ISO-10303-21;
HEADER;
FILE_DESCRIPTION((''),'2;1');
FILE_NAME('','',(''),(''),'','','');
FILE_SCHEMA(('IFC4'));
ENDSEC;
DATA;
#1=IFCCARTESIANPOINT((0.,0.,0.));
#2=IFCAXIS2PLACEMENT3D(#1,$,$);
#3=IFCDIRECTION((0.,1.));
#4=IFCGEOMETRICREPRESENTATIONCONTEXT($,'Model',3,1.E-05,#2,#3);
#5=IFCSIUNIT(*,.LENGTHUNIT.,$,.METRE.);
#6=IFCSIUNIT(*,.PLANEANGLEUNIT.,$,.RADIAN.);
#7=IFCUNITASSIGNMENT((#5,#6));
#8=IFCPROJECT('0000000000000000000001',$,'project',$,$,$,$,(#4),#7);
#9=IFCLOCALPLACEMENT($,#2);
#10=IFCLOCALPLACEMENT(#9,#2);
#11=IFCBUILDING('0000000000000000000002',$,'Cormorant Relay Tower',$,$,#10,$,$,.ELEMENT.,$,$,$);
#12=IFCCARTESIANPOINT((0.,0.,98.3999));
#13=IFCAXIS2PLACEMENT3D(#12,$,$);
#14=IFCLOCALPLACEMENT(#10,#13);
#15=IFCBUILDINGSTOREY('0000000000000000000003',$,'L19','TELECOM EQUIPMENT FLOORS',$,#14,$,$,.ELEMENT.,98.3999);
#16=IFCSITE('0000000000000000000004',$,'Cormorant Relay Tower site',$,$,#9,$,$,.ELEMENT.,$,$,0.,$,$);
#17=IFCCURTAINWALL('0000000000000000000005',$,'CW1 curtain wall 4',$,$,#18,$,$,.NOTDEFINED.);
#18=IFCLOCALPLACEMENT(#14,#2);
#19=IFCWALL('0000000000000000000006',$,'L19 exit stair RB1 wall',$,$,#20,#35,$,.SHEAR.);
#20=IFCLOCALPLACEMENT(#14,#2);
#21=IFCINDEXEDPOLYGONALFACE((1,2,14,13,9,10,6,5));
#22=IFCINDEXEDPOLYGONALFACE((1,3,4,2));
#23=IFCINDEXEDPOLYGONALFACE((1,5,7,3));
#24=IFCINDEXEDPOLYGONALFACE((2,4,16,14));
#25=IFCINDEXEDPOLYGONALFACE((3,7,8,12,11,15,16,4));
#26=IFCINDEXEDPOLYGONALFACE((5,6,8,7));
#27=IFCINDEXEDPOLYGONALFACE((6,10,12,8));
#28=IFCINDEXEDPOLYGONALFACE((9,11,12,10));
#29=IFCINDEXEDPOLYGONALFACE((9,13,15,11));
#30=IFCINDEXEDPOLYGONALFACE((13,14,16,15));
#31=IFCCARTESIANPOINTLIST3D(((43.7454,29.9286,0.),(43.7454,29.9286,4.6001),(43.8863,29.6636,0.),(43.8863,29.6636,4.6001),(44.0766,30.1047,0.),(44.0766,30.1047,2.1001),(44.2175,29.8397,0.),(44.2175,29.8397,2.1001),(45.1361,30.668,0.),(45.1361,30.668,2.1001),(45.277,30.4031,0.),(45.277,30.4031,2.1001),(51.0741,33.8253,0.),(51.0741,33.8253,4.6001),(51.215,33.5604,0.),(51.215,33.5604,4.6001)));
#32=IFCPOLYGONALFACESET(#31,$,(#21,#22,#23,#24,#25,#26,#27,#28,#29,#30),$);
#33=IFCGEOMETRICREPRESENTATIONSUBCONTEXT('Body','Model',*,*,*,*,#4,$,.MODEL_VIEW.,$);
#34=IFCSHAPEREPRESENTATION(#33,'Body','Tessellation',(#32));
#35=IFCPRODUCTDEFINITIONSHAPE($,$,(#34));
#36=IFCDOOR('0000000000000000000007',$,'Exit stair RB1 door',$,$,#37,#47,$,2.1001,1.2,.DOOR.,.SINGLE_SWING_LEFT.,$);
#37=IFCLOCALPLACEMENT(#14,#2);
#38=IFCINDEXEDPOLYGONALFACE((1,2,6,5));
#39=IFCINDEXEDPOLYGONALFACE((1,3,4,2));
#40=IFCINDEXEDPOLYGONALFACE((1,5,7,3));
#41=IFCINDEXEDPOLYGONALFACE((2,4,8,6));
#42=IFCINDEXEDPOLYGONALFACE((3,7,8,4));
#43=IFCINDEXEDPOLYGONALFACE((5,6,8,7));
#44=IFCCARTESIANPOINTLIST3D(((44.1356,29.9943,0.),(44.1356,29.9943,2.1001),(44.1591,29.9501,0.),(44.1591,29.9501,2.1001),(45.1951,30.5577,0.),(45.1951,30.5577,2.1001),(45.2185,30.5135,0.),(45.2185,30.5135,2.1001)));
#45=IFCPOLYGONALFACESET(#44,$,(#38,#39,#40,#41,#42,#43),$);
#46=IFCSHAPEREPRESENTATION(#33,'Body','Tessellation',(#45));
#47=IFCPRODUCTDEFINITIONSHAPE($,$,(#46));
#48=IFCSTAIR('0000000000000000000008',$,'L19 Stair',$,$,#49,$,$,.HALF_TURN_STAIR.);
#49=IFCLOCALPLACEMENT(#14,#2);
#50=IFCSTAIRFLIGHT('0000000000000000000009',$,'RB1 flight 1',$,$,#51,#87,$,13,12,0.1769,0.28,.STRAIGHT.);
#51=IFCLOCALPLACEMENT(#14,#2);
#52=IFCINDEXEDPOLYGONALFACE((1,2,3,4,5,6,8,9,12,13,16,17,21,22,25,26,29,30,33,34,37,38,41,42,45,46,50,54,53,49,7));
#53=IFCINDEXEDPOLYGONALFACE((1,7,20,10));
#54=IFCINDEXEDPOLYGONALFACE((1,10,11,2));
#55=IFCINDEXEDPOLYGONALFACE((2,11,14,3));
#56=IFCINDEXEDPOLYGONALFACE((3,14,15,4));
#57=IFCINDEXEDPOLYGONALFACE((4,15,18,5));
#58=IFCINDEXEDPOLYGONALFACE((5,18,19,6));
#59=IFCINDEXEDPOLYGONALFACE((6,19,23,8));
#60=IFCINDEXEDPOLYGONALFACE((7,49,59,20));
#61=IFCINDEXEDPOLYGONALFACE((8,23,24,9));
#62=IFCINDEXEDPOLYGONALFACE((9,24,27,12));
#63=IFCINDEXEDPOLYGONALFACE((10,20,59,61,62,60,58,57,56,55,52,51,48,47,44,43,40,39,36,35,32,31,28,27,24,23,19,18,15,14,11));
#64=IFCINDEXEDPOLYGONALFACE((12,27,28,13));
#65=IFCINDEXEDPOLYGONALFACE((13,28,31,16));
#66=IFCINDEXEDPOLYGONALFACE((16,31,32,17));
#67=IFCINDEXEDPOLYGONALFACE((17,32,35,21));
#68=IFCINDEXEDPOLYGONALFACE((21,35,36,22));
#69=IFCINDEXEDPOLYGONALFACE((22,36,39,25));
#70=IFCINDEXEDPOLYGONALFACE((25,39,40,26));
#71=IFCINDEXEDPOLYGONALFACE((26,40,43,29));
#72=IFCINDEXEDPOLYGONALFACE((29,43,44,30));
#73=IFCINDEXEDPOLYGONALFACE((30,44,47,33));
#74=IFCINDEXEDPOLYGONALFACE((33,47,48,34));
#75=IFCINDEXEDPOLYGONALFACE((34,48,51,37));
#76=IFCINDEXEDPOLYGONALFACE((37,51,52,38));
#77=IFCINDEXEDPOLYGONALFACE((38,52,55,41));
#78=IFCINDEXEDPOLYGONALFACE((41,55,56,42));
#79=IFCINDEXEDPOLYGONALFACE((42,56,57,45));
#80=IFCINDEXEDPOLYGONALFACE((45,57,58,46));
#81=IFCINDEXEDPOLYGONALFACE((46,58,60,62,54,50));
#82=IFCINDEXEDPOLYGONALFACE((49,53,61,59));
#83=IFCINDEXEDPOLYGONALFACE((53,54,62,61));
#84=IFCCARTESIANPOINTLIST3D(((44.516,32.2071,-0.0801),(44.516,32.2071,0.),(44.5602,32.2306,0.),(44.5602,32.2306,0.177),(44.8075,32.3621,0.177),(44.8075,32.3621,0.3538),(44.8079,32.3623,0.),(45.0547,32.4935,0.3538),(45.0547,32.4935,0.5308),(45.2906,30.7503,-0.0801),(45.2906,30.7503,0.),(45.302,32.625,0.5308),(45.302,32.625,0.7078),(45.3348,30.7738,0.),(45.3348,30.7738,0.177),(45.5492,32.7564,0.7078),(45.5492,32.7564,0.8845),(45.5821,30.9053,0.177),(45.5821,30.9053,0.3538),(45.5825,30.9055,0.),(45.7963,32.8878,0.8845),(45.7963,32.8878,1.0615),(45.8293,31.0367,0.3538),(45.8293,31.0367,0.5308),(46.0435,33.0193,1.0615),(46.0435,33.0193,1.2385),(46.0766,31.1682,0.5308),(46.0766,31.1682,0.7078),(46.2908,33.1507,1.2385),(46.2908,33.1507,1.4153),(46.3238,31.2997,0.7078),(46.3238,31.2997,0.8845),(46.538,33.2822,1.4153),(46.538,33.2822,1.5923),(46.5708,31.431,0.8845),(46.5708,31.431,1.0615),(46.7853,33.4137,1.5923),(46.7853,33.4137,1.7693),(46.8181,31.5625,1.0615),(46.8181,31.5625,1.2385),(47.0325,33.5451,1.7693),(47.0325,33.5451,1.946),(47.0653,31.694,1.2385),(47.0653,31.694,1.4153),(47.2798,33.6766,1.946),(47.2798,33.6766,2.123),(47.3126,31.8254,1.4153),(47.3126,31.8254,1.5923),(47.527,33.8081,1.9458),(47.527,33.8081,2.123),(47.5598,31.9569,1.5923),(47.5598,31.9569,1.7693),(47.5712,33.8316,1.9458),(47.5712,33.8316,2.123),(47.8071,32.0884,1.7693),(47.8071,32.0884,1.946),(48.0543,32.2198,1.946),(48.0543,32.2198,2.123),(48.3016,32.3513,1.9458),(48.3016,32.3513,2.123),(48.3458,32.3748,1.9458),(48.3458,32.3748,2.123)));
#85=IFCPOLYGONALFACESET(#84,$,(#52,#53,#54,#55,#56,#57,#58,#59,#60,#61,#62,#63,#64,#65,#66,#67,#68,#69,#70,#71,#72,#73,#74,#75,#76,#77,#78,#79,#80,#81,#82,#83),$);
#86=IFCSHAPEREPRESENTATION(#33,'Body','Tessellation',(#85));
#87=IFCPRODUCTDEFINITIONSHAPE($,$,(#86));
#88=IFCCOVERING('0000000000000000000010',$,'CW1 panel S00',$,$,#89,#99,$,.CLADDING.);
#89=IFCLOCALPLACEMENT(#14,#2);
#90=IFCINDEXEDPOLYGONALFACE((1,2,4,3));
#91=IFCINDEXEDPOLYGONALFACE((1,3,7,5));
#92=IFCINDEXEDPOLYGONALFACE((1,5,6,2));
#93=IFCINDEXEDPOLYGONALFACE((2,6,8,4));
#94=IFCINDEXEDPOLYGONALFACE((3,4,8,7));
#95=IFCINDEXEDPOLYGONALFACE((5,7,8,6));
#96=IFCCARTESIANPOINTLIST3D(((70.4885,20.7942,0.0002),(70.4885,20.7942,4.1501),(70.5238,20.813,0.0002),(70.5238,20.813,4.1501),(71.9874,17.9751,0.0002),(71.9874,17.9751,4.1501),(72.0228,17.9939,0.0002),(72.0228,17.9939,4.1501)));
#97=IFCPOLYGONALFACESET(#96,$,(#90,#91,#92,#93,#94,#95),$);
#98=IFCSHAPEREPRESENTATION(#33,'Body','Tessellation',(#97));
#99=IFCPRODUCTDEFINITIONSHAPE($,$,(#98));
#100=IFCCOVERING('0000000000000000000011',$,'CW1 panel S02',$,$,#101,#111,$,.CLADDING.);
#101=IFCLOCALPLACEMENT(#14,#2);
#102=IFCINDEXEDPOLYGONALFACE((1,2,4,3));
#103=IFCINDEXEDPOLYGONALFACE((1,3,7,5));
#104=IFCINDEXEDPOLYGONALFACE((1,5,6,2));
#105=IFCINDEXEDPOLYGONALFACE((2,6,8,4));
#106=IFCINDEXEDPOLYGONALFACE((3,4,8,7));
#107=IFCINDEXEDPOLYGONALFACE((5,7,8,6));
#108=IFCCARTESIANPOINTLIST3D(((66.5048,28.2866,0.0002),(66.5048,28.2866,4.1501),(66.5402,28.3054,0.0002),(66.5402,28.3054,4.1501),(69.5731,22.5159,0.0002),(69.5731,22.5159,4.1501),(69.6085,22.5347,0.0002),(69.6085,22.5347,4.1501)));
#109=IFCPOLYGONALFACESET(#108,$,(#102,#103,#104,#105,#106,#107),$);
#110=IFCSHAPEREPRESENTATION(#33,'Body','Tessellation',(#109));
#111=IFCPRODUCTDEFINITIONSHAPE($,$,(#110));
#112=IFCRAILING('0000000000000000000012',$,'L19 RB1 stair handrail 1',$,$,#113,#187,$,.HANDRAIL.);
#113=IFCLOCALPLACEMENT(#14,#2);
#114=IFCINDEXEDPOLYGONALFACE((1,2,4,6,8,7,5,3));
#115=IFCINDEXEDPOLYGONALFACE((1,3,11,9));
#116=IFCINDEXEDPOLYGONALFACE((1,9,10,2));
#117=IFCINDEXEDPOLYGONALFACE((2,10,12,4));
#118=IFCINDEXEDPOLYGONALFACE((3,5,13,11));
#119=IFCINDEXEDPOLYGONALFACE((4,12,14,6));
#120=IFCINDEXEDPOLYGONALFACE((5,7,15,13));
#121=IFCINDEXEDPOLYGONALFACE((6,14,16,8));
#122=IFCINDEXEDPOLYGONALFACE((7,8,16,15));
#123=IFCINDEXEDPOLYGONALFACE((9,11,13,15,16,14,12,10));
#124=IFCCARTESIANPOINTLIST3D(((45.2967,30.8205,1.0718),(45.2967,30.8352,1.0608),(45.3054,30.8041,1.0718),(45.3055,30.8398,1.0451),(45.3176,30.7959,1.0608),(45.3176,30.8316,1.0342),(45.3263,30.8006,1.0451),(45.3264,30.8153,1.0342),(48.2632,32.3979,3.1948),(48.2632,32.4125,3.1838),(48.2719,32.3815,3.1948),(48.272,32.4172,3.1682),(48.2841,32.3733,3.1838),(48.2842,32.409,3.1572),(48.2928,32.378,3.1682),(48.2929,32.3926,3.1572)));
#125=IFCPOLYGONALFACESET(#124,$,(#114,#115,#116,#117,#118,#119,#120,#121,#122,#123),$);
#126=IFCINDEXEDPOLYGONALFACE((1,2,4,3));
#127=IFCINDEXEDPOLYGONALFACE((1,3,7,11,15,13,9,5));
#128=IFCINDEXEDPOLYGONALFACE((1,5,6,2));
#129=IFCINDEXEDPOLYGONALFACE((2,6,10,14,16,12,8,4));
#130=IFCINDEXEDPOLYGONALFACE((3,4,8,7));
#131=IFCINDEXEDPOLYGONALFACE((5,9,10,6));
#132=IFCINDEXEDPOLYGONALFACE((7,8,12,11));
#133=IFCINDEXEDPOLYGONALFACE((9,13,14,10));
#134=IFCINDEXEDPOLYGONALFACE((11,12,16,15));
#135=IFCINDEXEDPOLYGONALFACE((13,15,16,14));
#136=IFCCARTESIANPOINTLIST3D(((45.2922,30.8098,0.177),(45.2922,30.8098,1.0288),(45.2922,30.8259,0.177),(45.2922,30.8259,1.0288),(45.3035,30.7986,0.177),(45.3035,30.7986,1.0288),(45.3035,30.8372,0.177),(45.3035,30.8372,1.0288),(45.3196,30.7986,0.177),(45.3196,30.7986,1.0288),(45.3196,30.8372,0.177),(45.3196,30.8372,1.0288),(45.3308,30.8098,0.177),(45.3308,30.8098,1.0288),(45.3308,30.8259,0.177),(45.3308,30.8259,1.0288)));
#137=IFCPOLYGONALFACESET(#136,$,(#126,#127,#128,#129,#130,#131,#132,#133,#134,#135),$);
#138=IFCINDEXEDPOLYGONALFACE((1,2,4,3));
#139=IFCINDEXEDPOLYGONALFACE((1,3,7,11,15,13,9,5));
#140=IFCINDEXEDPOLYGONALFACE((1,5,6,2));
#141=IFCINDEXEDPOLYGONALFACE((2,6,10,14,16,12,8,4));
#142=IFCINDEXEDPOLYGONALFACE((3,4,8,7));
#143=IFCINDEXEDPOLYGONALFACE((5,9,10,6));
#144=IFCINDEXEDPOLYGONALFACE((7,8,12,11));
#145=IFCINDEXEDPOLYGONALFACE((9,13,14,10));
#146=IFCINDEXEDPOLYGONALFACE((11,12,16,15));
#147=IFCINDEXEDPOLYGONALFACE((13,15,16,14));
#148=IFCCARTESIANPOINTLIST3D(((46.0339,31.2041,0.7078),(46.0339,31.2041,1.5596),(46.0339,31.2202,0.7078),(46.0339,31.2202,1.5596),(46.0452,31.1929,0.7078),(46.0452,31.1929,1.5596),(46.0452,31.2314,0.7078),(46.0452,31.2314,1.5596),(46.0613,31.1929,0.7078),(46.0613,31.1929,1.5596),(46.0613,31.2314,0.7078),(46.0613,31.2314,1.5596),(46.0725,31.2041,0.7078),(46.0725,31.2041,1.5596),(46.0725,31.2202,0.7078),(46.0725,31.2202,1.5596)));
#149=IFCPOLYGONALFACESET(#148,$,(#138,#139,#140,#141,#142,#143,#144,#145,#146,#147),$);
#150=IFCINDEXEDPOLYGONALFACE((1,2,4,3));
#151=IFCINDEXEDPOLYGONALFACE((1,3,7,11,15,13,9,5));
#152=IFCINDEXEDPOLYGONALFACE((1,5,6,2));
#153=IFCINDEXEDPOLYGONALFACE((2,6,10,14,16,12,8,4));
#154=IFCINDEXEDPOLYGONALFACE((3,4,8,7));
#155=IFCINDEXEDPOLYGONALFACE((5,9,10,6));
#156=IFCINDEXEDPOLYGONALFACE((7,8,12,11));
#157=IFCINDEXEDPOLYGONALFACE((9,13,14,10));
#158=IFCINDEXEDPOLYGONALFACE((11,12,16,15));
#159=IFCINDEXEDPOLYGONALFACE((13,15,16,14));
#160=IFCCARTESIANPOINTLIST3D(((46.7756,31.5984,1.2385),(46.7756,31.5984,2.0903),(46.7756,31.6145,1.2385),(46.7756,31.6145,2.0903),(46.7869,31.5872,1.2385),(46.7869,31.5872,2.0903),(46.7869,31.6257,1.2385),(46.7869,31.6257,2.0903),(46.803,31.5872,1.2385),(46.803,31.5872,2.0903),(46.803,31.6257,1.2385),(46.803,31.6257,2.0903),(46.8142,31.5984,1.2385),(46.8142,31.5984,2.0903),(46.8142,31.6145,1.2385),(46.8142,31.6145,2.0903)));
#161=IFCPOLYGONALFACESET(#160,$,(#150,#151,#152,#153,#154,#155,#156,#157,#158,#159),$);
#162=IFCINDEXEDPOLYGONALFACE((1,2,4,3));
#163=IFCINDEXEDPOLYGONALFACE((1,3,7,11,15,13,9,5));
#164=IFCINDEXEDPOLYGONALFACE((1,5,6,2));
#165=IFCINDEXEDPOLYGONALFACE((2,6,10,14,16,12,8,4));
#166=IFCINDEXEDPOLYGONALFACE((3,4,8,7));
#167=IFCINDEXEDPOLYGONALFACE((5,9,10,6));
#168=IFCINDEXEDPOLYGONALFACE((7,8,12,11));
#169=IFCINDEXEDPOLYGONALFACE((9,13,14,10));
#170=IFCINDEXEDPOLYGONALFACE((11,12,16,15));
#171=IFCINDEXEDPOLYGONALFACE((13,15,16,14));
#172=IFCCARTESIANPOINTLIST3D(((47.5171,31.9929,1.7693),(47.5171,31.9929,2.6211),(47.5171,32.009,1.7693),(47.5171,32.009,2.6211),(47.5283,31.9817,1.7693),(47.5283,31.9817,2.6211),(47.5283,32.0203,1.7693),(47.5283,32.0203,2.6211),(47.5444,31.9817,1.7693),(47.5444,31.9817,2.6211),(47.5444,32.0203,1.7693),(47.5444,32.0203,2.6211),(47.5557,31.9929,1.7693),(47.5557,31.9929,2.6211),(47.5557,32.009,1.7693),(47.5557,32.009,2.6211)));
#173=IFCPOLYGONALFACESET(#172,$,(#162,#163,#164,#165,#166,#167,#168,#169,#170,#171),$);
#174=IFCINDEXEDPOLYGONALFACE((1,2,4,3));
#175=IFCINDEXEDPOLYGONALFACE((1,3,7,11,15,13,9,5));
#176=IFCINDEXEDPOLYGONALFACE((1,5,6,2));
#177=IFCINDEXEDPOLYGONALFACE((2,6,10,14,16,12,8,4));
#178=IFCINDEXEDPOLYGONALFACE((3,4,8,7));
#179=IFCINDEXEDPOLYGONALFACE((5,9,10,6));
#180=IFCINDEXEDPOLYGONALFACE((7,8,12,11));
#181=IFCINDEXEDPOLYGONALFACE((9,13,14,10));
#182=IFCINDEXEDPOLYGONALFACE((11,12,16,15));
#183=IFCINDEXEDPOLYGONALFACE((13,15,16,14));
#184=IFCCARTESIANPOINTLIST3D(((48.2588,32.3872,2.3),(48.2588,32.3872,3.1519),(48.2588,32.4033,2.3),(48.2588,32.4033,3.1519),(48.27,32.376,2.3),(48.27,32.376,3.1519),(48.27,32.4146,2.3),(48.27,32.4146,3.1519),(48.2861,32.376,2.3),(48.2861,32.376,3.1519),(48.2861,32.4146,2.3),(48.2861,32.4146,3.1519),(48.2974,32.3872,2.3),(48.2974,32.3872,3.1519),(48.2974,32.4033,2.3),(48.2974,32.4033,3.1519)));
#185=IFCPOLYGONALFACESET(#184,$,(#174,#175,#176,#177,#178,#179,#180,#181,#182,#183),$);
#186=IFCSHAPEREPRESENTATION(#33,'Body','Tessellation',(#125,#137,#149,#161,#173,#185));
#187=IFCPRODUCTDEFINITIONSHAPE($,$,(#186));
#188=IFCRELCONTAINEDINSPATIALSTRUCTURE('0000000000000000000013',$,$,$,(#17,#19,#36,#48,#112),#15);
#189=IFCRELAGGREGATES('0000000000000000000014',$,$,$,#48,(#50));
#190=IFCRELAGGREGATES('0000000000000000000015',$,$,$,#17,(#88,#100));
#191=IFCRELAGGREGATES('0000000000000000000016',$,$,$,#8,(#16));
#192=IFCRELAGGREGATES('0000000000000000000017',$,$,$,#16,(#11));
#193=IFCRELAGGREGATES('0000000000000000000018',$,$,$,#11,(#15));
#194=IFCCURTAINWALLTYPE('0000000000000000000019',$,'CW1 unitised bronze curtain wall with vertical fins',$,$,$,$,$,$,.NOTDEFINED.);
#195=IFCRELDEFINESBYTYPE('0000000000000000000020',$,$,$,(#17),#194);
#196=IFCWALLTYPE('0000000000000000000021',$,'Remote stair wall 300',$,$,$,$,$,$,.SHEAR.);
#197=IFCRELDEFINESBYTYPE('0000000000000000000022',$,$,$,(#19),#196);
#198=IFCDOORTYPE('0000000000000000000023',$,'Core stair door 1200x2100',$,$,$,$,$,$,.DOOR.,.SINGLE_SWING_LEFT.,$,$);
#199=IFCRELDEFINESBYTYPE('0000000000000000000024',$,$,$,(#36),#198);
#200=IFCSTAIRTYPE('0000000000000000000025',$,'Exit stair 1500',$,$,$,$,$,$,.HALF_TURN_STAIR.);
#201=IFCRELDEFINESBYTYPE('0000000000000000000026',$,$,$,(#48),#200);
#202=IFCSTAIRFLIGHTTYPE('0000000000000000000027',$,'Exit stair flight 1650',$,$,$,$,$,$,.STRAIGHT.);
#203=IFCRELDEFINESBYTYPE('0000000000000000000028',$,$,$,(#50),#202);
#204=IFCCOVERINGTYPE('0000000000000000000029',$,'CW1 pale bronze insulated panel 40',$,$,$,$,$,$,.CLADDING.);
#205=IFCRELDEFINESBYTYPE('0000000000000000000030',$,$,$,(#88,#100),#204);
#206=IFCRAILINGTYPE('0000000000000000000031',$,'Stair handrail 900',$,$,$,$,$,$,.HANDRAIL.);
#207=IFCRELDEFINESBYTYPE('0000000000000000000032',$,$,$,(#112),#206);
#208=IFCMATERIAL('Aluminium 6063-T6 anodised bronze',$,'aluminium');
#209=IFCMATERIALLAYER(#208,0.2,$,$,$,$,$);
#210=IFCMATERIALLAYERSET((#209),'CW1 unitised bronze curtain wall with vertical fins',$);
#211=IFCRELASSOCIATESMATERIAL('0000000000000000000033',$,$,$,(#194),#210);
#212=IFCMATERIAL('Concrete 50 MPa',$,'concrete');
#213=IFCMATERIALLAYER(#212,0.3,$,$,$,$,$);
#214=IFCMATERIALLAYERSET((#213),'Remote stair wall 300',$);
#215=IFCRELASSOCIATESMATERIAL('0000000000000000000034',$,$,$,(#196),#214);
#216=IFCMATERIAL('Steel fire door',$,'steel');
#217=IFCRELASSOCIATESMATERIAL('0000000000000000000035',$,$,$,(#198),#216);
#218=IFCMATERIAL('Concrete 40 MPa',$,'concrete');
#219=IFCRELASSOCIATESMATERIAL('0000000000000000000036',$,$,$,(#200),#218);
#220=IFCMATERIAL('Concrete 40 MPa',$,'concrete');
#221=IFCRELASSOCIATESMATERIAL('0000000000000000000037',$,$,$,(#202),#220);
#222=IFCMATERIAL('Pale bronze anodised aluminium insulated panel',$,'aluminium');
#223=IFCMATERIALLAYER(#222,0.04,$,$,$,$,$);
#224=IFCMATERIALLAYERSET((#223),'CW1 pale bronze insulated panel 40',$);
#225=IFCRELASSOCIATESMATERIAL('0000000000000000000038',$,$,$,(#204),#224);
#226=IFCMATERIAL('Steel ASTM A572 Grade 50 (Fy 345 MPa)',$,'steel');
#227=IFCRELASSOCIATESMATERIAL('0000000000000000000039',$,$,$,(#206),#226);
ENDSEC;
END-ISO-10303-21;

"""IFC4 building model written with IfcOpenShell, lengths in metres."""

from ifc_helpers import new_model, si_unit, direction, frame, frame_2d, origin, origin_2d, place, context, subcontext, project, spatial, polyline, rectangle, outline, extrude, material, layer, layer_set, type_object, element, fill, aggregate, save


model = new_model("IFC4")

# Units and contexts
model_context = context("Model", 3, precision=1e-05, world=origin(), true_north=direction((0.0, 1.0)))
body_context = subcontext(model_context, "Body", "Model", "MODEL_VIEW")
ifc_project = project(units=[si_unit("LENGTHUNIT", "METRE"), si_unit("PLANEANGLEUNIT", "RADIAN")], contexts=[model_context])

# Site, building, storey
site_placement = place(None, origin())
site = spatial("IfcSite", under=ifc_project, at=site_placement, Name="Cormorant Relay Tower site", CompositionType="ELEMENT", RefElevation=0.0)
building_placement = place(site_placement, origin())
building = spatial("IfcBuilding", under=site, at=building_placement, Name="Cormorant Relay Tower", CompositionType="ELEMENT")
storey_placement = place(building_placement, frame((0.0, 0.0, 98.3999)))
storey = spatial("IfcBuildingStorey", under=building, at=storey_placement, Name="L19", Description="TELECOM EQUIPMENT FLOORS", CompositionType="ELEMENT", Elevation=98.3999)

# Curtain wall
ifc_material_1 = material(Name="Aluminium 6063-T6 anodised bronze", Category="aluminium")
ifc_layer_1 = layer(ifc_material_1, 0.2)
ifc_layer_set_1 = layer_set([ifc_layer_1], Name="CW1 unitised bronze curtain wall with vertical fins")
curtain_wall_type = type_object("IfcCurtainWallType", Name="CW1 unitised bronze curtain wall with vertical fins", PredefinedType="NOTDEFINED", material=ifc_layer_set_1)
curtain_wall_placement = place(storey_placement, origin())
curtain_wall = element("IfcCurtainWall", 1, at=curtain_wall_placement, inside=storey, type_object=curtain_wall_type, Name="CW1 curtain wall 4", PredefinedType="NOTDEFINED")

# Wall, opening, door
ifc_material_2 = material(Name="Concrete 50 MPa", Category="concrete")
ifc_layer_2 = layer(ifc_material_2, 0.3)
ifc_layer_set_2 = layer_set([ifc_layer_2], Name="Remote stair wall 300")
wall_type_1 = type_object("IfcWallType", Name="Remote stair wall 300", PredefinedType="SHEAR", material=ifc_layer_set_2)
wall_1_placement = place(storey_placement, frame((51.1445, 33.6929, 0.0), z_axis=(0.0, 0.0, 1.0), x_axis=(-0.882946, -0.469475, 0.0)))
wall_1 = element("IfcWall", 2, at=wall_1_placement, inside=storey, type_object=wall_type_1, Name="L19 exit stair RB1 wall", PredefinedType="SHEAR", context=body_context, shape_type="SweptSolid", body=[
    extrude(rectangle(XDim=8.3003, YDim=0.3, at=frame_2d((4.1501, 0.0))), origin(), (0.0, 0.0, 1.0), 4.6001),
])
opening_1_placement = place(wall_1_placement, frame((6.7251, 0.0, 0.0)))
opening_1 = element("IfcOpeningElement", 3, at=opening_1_placement, cuts=wall_1, PredefinedType="OPENING", context=body_context, shape_type="SweptSolid", body=[
    extrude(rectangle(XDim=1.2, YDim=2.1001, at=frame_2d((0.6001, 1.05))), frame((0.0, 0.1599, 0.0), z_axis=(0.0, -1.0, 0.0), x_axis=(1.0, 0.0, 0.0)), (0.0, 0.0, 1.0), 0.3201),
])
ifc_material_3 = material(Name="Steel fire door", Category="steel")
door_type_1 = type_object("IfcDoorType", Name="Core stair door 1200x2100", OperationType="SINGLE_SWING_LEFT", PredefinedType="DOOR", material=ifc_material_3)
door_1_placement = place(opening_1_placement, frame((1.2, 0.0, 0.0), z_axis=(0.0, 0.0, 1.0), x_axis=(-1.0, 0.0, 0.0)))
door_1 = element("IfcDoor", 4, at=door_1_placement, inside=storey, type_object=door_type_1, Name="Exit stair RB1 door", OperationType="SINGLE_SWING_LEFT", OverallHeight=2.1001, OverallWidth=1.2, PredefinedType="DOOR", context=body_context, shape_type="SweptSolid", body=[
    extrude(rectangle(XDim=1.2, YDim=2.1001, at=frame_2d((0.6001, 1.05))), frame((0.0, 0.0249, 0.0), z_axis=(0.0, -1.0, 0.0), x_axis=(1.0, 0.0, 0.0)), (0.0, 0.0, 1.0), 0.05),
])
fill(opening_1, door_1)

# Stair, stair flight
ifc_material_4 = material(Name="Concrete 40 MPa", Category="concrete")
stair_type = type_object("IfcStairType", Name="Exit stair 1500", PredefinedType="HALF_TURN_STAIR", material=ifc_material_4)
stair_placement = place(storey_placement, origin())
stair = element("IfcStair", 5, at=stair_placement, inside=storey, type_object=stair_type, Name="L19 Stair", PredefinedType="HALF_TURN_STAIR")
ifc_material_5 = material(Name="Concrete 40 MPa", Category="concrete")
stair_flight_type = type_object("IfcStairFlightType", Name="Exit stair flight 1650", PredefinedType="STRAIGHT", material=ifc_material_5)
stair_flight_placement = place(storey_placement, frame((44.9475, 31.5022, 0.0), z_axis=(0.0, 0.0, 1.0), x_axis=(0.882948, 0.469472, 0.0)))
stair_flight = element("IfcStairFlight", 6, at=stair_flight_placement, type_object=stair_flight_type, Name="RB1 flight 1", NumberOfRisers=13, NumberOfTreads=12, PredefinedType="STRAIGHT", RiserHeight=0.1769, TreadLength=0.28, context=body_context, shape_type="SweptSolid", body=[
    extrude(outline(polyline([(-0.05, -0.0801), (-0.05, 0.0), (0.0, 0.0), (0.0, 0.177), (0.28, 0.177), (0.28, 0.3538), (0.5601, 0.3538), (0.5601, 0.5308), (0.8401, 0.5308), (0.8401, 0.7078), (1.1201, 0.7078), (1.1201, 0.8845), (1.3999, 0.8845), (1.3999, 1.0615), (1.6799, 1.0615), (1.6799, 1.2385), (1.96, 1.2385), (1.96, 1.4153), (2.24, 1.4153), (2.24, 1.5923), (2.52, 1.5923), (2.52, 1.7693), (2.8, 1.7693), (2.8, 1.946), (3.0801, 1.946), (3.0801, 2.123), (3.3601, 2.123), (3.4102, 2.123), (3.4102, 1.9458), (3.3601, 1.9458), (0.2805, 0.0), (-0.05, -0.0801)])), frame((0.0, 0.825, 0.0), z_axis=(0.0, -1.0, 0.0), x_axis=(1.0, 0.0, 0.0)), (0.0, 0.0, 1.0), 1.6499),
])
aggregate(stair, [stair_flight])

# Coverings
ifc_material_6 = material(Name="Pale bronze anodised aluminium insulated panel", Category="aluminium")
ifc_layer_3 = layer(ifc_material_6, 0.04)
ifc_layer_set_3 = layer_set([ifc_layer_3], Name="CW1 pale bronze insulated panel 40")
covering_type = type_object("IfcCoveringType", Name="CW1 pale bronze insulated panel 40", PredefinedType="CLADDING", material=ifc_layer_set_3)
covering_1_placement = place(storey_placement, frame((71.2556, 19.394, 0.0002), z_axis=(0.0, 0.0, 1.0), x_axis=(-0.469472, 0.882948, 0.0)))
covering_1 = element("IfcCovering", 7, at=covering_1_placement, type_object=covering_type, Name="CW1 panel S00", PredefinedType="CLADDING", context=body_context, shape_type="SweptSolid", body=[
    extrude(rectangle(XDim=3.1929, YDim=0.04, at=origin_2d()), origin(), (0.0, 0.0, 1.0), 4.1499),
])
covering_2_placement = place(storey_placement, frame((68.0566, 25.4106, 0.0002), z_axis=(0.0, 0.0, 1.0), x_axis=(-0.469472, 0.882948, 0.0)))
covering_2 = element("IfcCovering", 8, at=covering_2_placement, type_object=covering_type, Name="CW1 panel S02", PredefinedType="CLADDING", context=body_context, shape_type="SweptSolid", body=[
    extrude(rectangle(XDim=6.5356, YDim=0.04, at=origin_2d()), origin(), (0.0, 0.0, 1.0), 4.1499),
])
aggregate(curtain_wall, [covering_1, covering_2])

# Railing
ifc_material_7 = material(Name="Steel ASTM A572 Grade 50 (Fy 345 MPa)", Category="steel")
railing_type = type_object("IfcRailingType", Name="Stair handrail 900", PredefinedType="HANDRAIL", material=ifc_material_7)
railing_placement = place(storey_placement, frame((45.3115, 30.8179, 0.177)))
element("IfcRailing", 9, at=railing_placement, inside=storey, type_object=railing_type, Name="L19 RB1 stair handrail 1", PredefinedType="HANDRAIL", context=body_context, shape_type="SweptSolid", body=[
    extrude(outline(polyline([(0.0222, 0.0093), (0.0093, 0.0222), (-0.0093, 0.0222), (-0.0222, 0.0093), (-0.0222, -0.0093), (-0.0093, -0.0222), (0.0093, -0.0222), (0.0222, -0.0093), (0.0222, 0.0093)])), frame((0.0, 0.0, 0.876), z_axis=(0.746413, 0.396887, 0.534179), x_axis=(-0.469483, 0.882942, 0.0)), (0.0, 0.0, 1.0), 3.9744),
    extrude(outline(polyline([(0.0193, 0.0081), (0.0081, 0.0193), (-0.0081, 0.0193), (-0.0193, 0.0081), (-0.0193, -0.0081), (-0.0081, -0.0193), (0.0081, -0.0193), (0.0193, -0.0081), (0.0193, 0.0081)])), origin(), (0.0, 0.0, 1.0), 0.8518),
    extrude(outline(polyline([(0.0193, 0.0081), (0.0081, 0.0193), (-0.0081, 0.0193), (-0.0193, 0.0081), (-0.0193, -0.0081), (-0.0081, -0.0193), (0.0081, -0.0193), (0.0193, -0.0081), (0.0193, 0.0081)])), frame((0.7417, 0.3943, 0.5308)), (0.0, 0.0, 1.0), 0.8518),
    extrude(outline(polyline([(0.0193, 0.0081), (0.0081, 0.0193), (-0.0081, 0.0193), (-0.0193, 0.0081), (-0.0193, -0.0081), (-0.0081, -0.0193), (0.0081, -0.0193), (0.0193, -0.0081), (0.0193, 0.0081)])), frame((1.4834, 0.7886, 1.0615)), (0.0, 0.0, 1.0), 0.8518),
    extrude(outline(polyline([(0.0193, 0.0081), (0.0081, 0.0193), (-0.0081, 0.0193), (-0.0193, 0.0081), (-0.0193, -0.0081), (-0.0081, -0.0193), (0.0081, -0.0193), (0.0193, -0.0081), (0.0193, 0.0081)])), frame((2.2249, 1.1831, 1.5923)), (0.0, 0.0, 1.0), 0.8518),
    extrude(outline(polyline([(0.0193, 0.0081), (0.0081, 0.0193), (-0.0081, 0.0193), (-0.0193, 0.0081), (-0.0193, -0.0081), (-0.0081, -0.0193), (0.0081, -0.0193), (0.0193, -0.0081), (0.0193, 0.0081)])), frame((2.9666, 1.5774, 2.123)), (0.0, 0.0, 1.0), 0.8518),
])

save(model, "model.ifc")
